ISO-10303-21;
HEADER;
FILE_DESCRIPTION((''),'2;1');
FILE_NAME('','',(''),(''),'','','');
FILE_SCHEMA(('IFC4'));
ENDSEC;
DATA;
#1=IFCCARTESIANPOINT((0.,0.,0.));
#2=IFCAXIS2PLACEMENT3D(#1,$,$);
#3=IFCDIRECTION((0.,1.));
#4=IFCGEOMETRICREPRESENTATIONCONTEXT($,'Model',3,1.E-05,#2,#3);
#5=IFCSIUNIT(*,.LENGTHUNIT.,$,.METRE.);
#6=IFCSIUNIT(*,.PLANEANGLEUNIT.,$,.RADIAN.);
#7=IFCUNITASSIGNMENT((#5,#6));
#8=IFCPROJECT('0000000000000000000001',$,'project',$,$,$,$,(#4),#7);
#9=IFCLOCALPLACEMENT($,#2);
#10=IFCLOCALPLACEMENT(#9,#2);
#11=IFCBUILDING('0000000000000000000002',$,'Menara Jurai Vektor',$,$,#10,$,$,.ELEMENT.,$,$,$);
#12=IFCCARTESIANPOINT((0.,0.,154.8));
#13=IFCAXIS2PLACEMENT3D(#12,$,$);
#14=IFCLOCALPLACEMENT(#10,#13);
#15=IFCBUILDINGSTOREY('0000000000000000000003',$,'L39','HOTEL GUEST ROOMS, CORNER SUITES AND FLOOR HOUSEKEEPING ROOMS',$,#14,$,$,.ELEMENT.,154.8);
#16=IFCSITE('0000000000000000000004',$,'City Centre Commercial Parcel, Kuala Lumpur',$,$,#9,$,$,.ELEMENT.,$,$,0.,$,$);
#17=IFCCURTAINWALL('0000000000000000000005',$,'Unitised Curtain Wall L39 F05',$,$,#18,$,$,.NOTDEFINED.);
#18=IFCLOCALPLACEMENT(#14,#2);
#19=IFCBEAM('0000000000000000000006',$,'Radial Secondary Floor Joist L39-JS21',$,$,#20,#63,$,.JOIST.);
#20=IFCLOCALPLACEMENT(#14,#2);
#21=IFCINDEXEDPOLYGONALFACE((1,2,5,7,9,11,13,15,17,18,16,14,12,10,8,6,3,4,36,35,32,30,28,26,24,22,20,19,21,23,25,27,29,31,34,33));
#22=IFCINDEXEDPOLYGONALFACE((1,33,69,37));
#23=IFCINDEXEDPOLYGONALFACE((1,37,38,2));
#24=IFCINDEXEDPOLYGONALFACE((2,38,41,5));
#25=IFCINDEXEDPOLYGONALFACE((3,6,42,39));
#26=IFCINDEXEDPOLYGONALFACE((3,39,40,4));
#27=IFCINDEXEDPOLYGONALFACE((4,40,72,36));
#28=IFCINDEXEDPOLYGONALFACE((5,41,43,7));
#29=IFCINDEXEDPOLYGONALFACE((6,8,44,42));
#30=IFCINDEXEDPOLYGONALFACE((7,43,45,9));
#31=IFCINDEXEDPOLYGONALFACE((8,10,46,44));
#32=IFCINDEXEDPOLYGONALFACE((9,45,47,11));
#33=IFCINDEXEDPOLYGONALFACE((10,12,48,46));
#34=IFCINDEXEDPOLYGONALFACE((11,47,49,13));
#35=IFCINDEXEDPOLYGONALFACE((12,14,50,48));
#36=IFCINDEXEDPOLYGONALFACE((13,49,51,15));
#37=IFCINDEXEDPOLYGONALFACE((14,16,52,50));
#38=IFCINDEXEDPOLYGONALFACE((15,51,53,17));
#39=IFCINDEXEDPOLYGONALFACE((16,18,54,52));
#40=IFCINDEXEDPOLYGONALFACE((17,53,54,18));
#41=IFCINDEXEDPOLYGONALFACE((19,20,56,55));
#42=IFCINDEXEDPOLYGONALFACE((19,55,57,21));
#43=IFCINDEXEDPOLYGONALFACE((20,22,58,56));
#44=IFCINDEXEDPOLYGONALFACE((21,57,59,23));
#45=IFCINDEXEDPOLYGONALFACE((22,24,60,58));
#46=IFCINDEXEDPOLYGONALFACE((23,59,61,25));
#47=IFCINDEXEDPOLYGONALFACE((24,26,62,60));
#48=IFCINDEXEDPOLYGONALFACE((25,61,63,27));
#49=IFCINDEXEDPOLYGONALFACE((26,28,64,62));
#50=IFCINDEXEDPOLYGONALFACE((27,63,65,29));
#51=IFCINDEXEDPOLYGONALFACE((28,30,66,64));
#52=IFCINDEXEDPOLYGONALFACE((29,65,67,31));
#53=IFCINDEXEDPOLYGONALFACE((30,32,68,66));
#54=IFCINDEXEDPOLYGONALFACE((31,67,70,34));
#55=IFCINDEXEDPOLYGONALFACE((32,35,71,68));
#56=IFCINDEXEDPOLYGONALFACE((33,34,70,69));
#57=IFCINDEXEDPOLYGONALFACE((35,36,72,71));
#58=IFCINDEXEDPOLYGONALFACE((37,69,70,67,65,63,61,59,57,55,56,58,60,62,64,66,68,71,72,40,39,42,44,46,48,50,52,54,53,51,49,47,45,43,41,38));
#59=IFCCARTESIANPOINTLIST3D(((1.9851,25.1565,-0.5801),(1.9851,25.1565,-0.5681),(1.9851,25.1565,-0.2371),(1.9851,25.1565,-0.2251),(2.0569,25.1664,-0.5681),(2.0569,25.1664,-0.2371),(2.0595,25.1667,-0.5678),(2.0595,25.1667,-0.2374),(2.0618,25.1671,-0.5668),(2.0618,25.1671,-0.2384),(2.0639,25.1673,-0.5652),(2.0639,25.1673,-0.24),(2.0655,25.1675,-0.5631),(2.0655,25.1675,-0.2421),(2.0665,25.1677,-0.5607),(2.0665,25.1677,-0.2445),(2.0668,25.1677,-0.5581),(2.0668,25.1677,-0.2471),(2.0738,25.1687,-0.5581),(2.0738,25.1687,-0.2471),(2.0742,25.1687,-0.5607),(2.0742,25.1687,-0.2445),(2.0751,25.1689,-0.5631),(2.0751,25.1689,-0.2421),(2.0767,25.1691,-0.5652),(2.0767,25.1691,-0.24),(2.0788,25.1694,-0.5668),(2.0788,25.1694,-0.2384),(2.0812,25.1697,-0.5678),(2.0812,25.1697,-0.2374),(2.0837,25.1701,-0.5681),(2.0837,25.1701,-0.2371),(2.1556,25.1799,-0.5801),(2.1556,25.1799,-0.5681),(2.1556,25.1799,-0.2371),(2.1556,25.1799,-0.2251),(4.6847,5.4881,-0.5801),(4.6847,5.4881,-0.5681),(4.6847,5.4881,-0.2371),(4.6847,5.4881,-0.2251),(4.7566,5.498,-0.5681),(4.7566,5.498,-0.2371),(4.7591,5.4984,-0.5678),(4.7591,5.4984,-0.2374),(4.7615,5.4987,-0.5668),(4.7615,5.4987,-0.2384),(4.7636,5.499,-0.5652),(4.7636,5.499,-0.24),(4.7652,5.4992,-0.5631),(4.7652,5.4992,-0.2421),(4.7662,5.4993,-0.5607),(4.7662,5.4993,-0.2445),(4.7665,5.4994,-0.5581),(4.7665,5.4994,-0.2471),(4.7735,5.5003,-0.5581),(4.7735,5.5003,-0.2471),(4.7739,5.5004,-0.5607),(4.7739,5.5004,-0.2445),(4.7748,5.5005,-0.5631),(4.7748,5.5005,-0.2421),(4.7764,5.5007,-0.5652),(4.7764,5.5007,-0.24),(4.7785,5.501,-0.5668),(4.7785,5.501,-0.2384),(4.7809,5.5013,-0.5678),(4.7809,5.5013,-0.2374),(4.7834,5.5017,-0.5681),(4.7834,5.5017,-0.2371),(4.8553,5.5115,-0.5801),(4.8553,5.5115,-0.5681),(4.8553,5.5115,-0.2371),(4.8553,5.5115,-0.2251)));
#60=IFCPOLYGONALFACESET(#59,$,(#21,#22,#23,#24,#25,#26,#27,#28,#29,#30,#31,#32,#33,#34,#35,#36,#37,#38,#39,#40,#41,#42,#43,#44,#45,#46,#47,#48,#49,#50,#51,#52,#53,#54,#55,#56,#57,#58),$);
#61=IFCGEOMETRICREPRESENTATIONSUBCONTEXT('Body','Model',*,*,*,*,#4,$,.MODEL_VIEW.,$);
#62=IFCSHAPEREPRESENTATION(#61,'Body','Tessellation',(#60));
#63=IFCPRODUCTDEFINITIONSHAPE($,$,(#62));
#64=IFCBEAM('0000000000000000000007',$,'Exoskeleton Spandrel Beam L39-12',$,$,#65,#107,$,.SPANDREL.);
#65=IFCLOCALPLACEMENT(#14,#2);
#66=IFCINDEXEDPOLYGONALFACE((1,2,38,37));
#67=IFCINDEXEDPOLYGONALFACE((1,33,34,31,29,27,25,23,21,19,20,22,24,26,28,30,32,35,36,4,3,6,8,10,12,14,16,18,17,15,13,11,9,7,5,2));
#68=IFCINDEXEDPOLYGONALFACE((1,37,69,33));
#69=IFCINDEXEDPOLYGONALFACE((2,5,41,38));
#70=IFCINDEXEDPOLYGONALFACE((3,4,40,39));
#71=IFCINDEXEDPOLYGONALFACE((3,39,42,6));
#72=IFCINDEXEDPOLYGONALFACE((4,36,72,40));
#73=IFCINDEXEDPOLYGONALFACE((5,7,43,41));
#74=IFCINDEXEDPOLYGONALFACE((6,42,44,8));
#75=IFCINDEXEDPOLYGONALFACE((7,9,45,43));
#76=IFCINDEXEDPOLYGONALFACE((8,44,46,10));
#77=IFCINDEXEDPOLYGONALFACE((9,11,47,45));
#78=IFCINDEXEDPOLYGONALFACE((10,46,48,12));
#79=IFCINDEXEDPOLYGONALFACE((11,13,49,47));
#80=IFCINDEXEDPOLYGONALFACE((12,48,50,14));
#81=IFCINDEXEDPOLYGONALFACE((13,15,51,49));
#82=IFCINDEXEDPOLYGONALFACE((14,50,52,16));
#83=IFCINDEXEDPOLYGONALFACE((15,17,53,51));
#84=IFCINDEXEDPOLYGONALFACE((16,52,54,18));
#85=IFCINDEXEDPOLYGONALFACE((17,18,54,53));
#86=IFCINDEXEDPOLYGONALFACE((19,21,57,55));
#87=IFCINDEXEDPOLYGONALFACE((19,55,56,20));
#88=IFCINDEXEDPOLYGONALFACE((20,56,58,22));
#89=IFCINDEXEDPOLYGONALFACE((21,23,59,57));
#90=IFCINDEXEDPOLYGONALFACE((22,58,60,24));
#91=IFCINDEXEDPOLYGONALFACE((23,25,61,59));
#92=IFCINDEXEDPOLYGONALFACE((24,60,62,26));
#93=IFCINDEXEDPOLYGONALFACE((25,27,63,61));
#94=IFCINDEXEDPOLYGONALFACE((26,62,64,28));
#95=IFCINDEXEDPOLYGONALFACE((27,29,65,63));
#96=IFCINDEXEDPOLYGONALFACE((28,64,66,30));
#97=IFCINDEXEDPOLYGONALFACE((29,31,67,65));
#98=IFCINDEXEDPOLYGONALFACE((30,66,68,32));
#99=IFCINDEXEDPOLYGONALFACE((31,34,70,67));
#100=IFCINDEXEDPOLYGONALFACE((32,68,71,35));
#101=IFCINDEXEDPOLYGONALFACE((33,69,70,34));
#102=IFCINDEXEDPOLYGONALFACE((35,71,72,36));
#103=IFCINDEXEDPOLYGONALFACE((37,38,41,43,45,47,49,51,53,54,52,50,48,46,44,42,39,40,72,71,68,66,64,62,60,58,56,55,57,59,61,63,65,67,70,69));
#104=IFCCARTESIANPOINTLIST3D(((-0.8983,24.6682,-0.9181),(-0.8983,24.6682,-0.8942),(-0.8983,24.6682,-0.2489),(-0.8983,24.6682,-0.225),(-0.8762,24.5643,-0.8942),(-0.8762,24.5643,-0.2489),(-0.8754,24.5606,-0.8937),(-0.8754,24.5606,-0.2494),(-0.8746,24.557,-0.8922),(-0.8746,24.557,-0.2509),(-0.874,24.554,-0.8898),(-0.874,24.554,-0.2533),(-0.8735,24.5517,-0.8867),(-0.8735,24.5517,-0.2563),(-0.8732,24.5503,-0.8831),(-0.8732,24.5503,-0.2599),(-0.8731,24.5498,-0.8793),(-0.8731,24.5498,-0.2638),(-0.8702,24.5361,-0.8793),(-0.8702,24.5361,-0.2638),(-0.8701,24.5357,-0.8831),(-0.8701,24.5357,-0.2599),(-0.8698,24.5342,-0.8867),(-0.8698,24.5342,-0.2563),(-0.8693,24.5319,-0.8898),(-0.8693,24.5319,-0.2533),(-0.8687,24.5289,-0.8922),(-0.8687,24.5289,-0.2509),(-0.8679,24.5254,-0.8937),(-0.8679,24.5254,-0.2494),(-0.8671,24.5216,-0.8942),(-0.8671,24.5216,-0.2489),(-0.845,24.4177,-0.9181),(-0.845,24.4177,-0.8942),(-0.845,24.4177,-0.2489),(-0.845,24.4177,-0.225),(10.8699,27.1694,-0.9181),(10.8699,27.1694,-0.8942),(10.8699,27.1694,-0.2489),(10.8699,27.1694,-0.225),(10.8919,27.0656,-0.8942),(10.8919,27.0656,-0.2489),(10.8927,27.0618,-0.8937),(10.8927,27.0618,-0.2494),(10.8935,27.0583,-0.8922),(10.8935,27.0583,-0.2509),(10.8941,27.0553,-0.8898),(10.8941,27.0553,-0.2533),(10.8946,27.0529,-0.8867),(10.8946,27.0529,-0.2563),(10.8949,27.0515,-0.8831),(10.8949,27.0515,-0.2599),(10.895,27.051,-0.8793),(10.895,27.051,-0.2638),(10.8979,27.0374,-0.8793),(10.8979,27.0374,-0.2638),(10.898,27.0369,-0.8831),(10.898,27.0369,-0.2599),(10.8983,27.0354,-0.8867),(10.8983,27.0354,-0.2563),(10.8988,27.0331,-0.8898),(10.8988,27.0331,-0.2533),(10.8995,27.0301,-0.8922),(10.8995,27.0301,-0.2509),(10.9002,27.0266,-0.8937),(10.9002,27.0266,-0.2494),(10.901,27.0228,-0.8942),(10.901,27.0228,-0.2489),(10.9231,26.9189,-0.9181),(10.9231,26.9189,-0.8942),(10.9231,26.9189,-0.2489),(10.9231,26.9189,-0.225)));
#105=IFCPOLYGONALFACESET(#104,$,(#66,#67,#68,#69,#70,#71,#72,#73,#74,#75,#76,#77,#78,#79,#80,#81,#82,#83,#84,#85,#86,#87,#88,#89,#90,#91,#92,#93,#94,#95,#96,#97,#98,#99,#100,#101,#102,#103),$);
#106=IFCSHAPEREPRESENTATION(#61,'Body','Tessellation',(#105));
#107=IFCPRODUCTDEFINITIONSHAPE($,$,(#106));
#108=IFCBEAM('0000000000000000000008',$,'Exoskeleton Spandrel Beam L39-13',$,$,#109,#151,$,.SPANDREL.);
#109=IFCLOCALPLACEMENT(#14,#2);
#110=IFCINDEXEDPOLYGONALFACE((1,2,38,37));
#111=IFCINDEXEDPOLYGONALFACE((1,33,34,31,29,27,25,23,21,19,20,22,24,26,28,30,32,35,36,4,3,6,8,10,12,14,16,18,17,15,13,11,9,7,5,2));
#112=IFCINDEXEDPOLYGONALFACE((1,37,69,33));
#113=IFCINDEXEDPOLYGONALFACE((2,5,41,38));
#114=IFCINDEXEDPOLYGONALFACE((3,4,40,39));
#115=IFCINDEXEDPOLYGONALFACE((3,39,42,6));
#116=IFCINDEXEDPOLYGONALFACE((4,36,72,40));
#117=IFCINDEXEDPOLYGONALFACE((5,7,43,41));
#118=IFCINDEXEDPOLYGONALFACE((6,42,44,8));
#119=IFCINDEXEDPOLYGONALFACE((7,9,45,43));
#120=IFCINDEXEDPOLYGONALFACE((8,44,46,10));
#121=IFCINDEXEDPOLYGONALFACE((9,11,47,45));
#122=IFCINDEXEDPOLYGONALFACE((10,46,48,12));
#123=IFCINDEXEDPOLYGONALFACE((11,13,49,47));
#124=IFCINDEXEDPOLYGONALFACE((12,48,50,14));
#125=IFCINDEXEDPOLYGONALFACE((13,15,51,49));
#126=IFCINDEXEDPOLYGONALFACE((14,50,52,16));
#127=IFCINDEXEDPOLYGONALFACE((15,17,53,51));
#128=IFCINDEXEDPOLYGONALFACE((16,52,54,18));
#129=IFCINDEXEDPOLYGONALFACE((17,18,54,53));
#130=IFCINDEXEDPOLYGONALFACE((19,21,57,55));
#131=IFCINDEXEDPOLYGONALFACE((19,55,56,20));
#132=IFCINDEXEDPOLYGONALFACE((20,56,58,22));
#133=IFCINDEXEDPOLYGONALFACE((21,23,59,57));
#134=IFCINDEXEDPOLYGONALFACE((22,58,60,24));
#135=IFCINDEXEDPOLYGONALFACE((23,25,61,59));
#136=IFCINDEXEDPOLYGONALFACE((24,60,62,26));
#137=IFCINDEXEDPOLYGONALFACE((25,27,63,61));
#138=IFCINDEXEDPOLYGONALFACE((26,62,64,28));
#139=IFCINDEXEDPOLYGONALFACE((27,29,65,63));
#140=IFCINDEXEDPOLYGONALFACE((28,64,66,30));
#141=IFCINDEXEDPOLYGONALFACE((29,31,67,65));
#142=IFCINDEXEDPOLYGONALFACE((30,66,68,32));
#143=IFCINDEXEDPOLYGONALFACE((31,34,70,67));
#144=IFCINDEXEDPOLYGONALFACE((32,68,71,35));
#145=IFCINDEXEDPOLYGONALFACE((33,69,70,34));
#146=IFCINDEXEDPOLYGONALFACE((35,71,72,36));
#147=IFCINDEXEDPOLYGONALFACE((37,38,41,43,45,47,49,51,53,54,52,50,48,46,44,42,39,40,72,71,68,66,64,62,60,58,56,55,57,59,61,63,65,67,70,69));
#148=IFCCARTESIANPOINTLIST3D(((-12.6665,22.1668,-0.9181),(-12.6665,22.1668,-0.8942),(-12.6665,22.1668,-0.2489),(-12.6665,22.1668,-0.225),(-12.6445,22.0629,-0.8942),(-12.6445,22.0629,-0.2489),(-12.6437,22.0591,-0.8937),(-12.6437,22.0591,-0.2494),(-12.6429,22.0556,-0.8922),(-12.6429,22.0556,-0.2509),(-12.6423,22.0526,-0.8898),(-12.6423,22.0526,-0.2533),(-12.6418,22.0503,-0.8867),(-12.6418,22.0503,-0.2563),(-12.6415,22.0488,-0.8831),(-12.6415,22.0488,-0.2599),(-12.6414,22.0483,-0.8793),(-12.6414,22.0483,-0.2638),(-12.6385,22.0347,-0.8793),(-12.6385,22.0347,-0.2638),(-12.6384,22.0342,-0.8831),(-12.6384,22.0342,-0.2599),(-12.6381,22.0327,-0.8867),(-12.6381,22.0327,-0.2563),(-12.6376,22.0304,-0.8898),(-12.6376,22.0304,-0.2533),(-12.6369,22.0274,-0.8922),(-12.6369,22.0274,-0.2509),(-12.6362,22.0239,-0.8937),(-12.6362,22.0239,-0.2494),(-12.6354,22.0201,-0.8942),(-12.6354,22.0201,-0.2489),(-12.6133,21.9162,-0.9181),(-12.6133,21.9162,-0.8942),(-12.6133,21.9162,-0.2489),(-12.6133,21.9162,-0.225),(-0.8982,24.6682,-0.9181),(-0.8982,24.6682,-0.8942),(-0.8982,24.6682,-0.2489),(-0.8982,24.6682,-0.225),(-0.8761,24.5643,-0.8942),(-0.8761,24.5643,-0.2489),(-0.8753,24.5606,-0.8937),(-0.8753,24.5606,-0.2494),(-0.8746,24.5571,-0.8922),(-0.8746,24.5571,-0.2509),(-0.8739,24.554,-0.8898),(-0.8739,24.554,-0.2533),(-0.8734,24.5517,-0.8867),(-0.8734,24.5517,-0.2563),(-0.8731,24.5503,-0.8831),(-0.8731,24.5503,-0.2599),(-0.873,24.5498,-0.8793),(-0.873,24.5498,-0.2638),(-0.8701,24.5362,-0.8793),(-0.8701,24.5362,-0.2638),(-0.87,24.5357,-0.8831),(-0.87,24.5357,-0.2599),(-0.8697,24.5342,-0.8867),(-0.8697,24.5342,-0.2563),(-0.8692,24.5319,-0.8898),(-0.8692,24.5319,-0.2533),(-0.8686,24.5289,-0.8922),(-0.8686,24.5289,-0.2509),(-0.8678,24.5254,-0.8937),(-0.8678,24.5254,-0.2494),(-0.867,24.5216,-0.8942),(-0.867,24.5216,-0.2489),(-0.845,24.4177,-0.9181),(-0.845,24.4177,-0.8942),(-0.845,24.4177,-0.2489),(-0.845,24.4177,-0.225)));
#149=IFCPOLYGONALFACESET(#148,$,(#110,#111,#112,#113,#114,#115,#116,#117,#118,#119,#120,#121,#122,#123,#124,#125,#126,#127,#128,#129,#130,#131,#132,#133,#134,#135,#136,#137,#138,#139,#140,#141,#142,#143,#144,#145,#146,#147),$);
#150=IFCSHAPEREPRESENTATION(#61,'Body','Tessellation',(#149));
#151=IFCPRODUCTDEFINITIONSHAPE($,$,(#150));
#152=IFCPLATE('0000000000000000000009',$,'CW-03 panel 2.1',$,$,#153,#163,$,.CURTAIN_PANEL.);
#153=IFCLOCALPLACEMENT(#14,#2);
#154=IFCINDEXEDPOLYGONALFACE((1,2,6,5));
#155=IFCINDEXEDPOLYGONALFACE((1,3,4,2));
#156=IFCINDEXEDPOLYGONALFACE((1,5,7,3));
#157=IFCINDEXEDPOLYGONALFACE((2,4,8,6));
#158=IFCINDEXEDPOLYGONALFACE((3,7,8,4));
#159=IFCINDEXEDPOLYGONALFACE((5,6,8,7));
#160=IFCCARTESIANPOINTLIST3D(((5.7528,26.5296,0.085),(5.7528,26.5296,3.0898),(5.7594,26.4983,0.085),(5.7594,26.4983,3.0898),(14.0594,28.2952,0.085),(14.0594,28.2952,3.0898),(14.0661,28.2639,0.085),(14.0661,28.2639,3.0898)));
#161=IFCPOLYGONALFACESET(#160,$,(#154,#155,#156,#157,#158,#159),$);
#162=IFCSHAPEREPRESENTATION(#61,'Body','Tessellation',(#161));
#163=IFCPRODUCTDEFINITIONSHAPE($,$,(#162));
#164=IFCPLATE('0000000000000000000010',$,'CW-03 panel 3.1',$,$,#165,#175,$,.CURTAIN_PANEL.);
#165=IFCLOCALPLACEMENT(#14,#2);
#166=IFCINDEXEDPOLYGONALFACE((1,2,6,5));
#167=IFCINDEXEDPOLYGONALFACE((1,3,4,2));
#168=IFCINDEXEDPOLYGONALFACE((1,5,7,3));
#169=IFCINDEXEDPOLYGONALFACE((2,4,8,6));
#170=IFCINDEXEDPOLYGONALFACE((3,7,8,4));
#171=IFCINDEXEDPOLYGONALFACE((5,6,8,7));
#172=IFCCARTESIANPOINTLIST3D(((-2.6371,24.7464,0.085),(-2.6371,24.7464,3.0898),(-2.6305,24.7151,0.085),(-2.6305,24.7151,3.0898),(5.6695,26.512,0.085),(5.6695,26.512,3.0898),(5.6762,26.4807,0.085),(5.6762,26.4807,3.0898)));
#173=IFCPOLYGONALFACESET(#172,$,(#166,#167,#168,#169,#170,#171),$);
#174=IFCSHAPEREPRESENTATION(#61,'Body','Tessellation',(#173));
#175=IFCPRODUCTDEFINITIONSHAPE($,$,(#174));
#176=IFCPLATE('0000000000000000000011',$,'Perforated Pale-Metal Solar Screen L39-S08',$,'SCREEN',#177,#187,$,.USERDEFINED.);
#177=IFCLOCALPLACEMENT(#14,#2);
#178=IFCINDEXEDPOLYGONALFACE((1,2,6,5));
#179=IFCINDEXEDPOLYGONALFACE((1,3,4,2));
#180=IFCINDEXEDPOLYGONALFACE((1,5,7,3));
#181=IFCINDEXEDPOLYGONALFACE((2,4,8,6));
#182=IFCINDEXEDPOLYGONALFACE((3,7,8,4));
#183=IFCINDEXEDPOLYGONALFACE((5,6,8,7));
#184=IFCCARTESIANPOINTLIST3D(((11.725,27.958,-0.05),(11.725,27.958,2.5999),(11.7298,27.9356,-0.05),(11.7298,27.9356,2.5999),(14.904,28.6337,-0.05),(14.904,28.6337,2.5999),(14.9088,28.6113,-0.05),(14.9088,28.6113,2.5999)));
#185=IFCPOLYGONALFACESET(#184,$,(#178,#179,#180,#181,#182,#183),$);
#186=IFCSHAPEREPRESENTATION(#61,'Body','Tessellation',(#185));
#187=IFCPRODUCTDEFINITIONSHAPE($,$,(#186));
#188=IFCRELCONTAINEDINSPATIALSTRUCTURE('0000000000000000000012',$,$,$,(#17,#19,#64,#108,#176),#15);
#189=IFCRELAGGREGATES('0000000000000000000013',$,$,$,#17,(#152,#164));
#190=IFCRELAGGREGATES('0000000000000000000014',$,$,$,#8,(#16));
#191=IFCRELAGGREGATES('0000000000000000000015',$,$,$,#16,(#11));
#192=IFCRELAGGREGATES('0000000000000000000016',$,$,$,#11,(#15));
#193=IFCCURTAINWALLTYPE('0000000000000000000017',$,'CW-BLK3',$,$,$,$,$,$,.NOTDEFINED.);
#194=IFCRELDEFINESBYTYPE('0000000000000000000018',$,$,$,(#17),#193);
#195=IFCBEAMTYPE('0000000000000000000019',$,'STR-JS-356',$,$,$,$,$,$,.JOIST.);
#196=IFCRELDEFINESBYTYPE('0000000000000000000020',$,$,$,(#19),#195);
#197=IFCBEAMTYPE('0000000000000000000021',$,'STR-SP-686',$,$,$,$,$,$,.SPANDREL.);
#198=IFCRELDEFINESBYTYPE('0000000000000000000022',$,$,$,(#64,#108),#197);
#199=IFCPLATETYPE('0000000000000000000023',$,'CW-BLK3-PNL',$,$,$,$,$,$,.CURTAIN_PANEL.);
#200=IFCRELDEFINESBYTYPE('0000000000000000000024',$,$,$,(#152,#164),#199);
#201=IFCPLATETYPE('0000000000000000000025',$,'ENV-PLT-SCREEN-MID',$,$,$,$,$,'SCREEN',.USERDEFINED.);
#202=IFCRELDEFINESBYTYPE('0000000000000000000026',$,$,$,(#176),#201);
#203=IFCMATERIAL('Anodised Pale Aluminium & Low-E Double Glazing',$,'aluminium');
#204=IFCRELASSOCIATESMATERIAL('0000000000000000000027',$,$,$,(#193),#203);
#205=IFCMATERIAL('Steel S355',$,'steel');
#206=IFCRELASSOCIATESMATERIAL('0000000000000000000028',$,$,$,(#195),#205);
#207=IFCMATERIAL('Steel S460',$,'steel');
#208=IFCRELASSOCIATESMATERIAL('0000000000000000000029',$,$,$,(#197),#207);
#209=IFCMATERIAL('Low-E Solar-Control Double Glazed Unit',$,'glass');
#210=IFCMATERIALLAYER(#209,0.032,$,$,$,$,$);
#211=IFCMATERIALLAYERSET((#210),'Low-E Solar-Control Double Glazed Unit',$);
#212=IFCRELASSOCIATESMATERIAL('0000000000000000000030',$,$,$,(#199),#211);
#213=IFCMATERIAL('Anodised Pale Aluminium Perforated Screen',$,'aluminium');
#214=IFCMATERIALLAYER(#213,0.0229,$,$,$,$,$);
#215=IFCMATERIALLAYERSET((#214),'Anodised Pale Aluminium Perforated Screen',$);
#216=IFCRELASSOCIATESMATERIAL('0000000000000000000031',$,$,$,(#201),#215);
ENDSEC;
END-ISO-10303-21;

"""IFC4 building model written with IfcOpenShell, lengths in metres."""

from ifc_helpers import new_model, si_unit, direction, frame, origin, origin_2d, place, context, subcontext, project, spatial, rectangle, i_section, extrude, material, layer, layer_set, material_profile, profile_set, type_object, element, aggregate, save


model = new_model("IFC4")

# Units and contexts
model_context = context("Model", 3, precision=1e-05, world=origin(), true_north=direction((0.0, 1.0)))
body_context = subcontext(model_context, "Body", "Model", "MODEL_VIEW")
ifc_project = project(units=[si_unit("LENGTHUNIT", "METRE"), si_unit("PLANEANGLEUNIT", "RADIAN")], contexts=[model_context])

# Site, building, storey
site_placement = place(None, origin())
site = spatial("IfcSite", under=ifc_project, at=site_placement, Name="City Centre Commercial Parcel, Kuala Lumpur", CompositionType="ELEMENT", RefElevation=0.0)
building_placement = place(site_placement, origin())
building = spatial("IfcBuilding", under=site, at=building_placement, Name="Menara Jurai Vektor", CompositionType="ELEMENT")
storey_placement = place(building_placement, frame((0.0, 0.0, 154.8)))
storey = spatial("IfcBuildingStorey", under=building, at=storey_placement, Name="L39", Description="HOTEL GUEST ROOMS, CORNER SUITES AND FLOOR HOUSEKEEPING ROOMS", CompositionType="ELEMENT", Elevation=154.8)

# Shared definitions
ifc_material_1 = material(Name="Steel S460", Category="steel")

# Curtain wall
ifc_material_2 = material(Name="Anodised Pale Aluminium & Low-E Double Glazing", Category="aluminium")
curtain_wall_type = type_object("IfcCurtainWallType", Name="CW-BLK3", PredefinedType="NOTDEFINED", material=ifc_material_2)
curtain_wall_placement = place(storey_placement, origin())
curtain_wall = element("IfcCurtainWall", 1, at=curtain_wall_placement, inside=storey, type_object=curtain_wall_type, Name="Unitised Curtain Wall L39 F05", PredefinedType="NOTDEFINED")

# Beams
ifc_material_3 = material(Name="Steel S355", Category="steel")
ifc_material_profile_1 = material_profile(ifc_material_3, i_section(OverallWidth=0.1721, OverallDepth=0.355, WebThickness=0.0071, FlangeThickness=0.012, FilletRadius=0.01, at=origin_2d()), Name="UKB 356x171x51")
ifc_profile_set_1 = profile_set([ifc_material_profile_1], Name="Steel S355")
beam_type_1 = type_object("IfcBeamType", Name="STR-JS-356", PredefinedType="JOIST", material=ifc_profile_set_1)
beam_1_placement = place(storey_placement, frame((2.0703, 25.1682, -0.4026), z_axis=(0.135986, -0.990711, 0.0), x_axis=(0.990711, 0.135986, 0.0)))
element("IfcBeam", 2, at=beam_1_placement, inside=storey, type_object=beam_type_1, Name="Radial Secondary Floor Joist L39-JS21", PredefinedType="JOIST", context=body_context, shape_type="SweptSolid", body=[
    extrude(i_section(OverallWidth=0.1721, OverallDepth=0.355, WebThickness=0.0071, FlangeThickness=0.012, FilletRadius=0.01, at=origin_2d()), origin(), (0.0, 0.0, 1.0), 19.8528),
])
ifc_material_profile_2 = material_profile(ifc_material_1, i_section(OverallWidth=0.2561, OverallDepth=0.6931, WebThickness=0.0139, FlangeThickness=0.0239, FilletRadius=0.0149, at=origin_2d()), Name="UKB 686x254x170")
ifc_profile_set_2 = profile_set([ifc_material_profile_2], Name="Steel S460")
beam_type_2 = type_object("IfcBeamType", Name="STR-SP-686", PredefinedType="SPANDREL", material=ifc_profile_set_2)
beam_2_placement = place(storey_placement, frame((10.8965, 27.0442, -0.5715), z_axis=(-0.97815, -0.207899, 0.0), x_axis=(0.207899, -0.97815, 0.0)))
element("IfcBeam", 3, at=beam_2_placement, inside=storey, type_object=beam_type_2, Name="Exoskeleton Spandrel Beam L39-12", PredefinedType="SPANDREL", context=body_context, shape_type="SweptSolid", body=[
    extrude(i_section(OverallWidth=0.2561, OverallDepth=0.6931, WebThickness=0.0139, FlangeThickness=0.0239, FilletRadius=0.0149, at=origin_2d()), origin(), (0.0, 0.0, 1.0), 12.031),
])
beam_3_placement = place(storey_placement, frame((-0.8716, 24.543, -0.5715), z_axis=(-0.978147, -0.207914, 0.0), x_axis=(0.207914, -0.978147, 0.0)))
element("IfcBeam", 4, at=beam_3_placement, inside=storey, type_object=beam_type_2, Name="Exoskeleton Spandrel Beam L39-13", PredefinedType="SPANDREL", context=body_context, shape_type="SweptSolid", body=[
    extrude(i_section(OverallWidth=0.2561, OverallDepth=0.6931, WebThickness=0.0139, FlangeThickness=0.0239, FilletRadius=0.0149, at=origin_2d()), origin(), (0.0, 0.0, 1.0), 12.0312),
])

# Plates
ifc_material_4 = material(Name="Low-E Solar-Control Double Glazed Unit", Category="glass")
ifc_layer_1 = layer(ifc_material_4, 0.032)
ifc_layer_set_1 = layer_set([ifc_layer_1], Name="Low-E Solar-Control Double Glazed Unit")
plate_type_1 = type_object("IfcPlateType", Name="CW-BLK3-PNL", PredefinedType="CURTAIN_PANEL", material=ifc_layer_set_1)
plate_1_placement = place(storey_placement, frame((9.9094, 27.3967, 0.085), z_axis=(0.0, 0.0, 1.0), x_axis=(-0.978148, -0.207911, 0.0)))
plate_1 = element("IfcPlate", 5, at=plate_1_placement, type_object=plate_type_1, Name="CW-03 panel 2.1", PredefinedType="CURTAIN_PANEL", context=body_context, shape_type="SweptSolid", body=[
    extrude(rectangle(XDim=8.4922, YDim=0.032, at=origin_2d()), origin(), (0.0, 0.0, 1.0), 3.0049),
])
plate_2_placement = place(storey_placement, frame((1.5195, 25.6135, 0.085), z_axis=(0.0, 0.0, 1.0), x_axis=(-0.978148, -0.207911, 0.0)))
plate_2 = element("IfcPlate", 6, at=plate_2_placement, type_object=plate_type_1, Name="CW-03 panel 3.1", PredefinedType="CURTAIN_PANEL", context=body_context, shape_type="SweptSolid", body=[
    extrude(rectangle(XDim=8.4922, YDim=0.032, at=origin_2d()), origin(), (0.0, 0.0, 1.0), 3.0049),
])
aggregate(curtain_wall, [plate_1, plate_2])
ifc_material_5 = material(Name="Anodised Pale Aluminium Perforated Screen", Category="aluminium")
ifc_layer_2 = layer(ifc_material_5, 0.0229)
ifc_layer_set_2 = layer_set([ifc_layer_2], Name="Anodised Pale Aluminium Perforated Screen")
plate_type_2 = type_object("IfcPlateType", Name="ENV-PLT-SCREEN-MID", ElementType="SCREEN", PredefinedType="USERDEFINED", material=ifc_layer_set_2)
plate_3_placement = place(storey_placement, frame((13.3169, 28.2847, -0.05), z_axis=(0.0, 0.0, 1.0), x_axis=(-0.978148, -0.207912, 0.0)))
element("IfcPlate", 7, at=plate_3_placement, inside=storey, type_object=plate_type_2, Name="Perforated Pale-Metal Solar Screen L39-S08", ObjectType="SCREEN", PredefinedType="USERDEFINED", context=body_context, shape_type="SweptSolid", body=[
    extrude(rectangle(XDim=3.25, YDim=0.0229, at=origin_2d()), origin(), (0.0, 0.0, 1.0), 2.6499),
])

save(model, "model.ifc")
